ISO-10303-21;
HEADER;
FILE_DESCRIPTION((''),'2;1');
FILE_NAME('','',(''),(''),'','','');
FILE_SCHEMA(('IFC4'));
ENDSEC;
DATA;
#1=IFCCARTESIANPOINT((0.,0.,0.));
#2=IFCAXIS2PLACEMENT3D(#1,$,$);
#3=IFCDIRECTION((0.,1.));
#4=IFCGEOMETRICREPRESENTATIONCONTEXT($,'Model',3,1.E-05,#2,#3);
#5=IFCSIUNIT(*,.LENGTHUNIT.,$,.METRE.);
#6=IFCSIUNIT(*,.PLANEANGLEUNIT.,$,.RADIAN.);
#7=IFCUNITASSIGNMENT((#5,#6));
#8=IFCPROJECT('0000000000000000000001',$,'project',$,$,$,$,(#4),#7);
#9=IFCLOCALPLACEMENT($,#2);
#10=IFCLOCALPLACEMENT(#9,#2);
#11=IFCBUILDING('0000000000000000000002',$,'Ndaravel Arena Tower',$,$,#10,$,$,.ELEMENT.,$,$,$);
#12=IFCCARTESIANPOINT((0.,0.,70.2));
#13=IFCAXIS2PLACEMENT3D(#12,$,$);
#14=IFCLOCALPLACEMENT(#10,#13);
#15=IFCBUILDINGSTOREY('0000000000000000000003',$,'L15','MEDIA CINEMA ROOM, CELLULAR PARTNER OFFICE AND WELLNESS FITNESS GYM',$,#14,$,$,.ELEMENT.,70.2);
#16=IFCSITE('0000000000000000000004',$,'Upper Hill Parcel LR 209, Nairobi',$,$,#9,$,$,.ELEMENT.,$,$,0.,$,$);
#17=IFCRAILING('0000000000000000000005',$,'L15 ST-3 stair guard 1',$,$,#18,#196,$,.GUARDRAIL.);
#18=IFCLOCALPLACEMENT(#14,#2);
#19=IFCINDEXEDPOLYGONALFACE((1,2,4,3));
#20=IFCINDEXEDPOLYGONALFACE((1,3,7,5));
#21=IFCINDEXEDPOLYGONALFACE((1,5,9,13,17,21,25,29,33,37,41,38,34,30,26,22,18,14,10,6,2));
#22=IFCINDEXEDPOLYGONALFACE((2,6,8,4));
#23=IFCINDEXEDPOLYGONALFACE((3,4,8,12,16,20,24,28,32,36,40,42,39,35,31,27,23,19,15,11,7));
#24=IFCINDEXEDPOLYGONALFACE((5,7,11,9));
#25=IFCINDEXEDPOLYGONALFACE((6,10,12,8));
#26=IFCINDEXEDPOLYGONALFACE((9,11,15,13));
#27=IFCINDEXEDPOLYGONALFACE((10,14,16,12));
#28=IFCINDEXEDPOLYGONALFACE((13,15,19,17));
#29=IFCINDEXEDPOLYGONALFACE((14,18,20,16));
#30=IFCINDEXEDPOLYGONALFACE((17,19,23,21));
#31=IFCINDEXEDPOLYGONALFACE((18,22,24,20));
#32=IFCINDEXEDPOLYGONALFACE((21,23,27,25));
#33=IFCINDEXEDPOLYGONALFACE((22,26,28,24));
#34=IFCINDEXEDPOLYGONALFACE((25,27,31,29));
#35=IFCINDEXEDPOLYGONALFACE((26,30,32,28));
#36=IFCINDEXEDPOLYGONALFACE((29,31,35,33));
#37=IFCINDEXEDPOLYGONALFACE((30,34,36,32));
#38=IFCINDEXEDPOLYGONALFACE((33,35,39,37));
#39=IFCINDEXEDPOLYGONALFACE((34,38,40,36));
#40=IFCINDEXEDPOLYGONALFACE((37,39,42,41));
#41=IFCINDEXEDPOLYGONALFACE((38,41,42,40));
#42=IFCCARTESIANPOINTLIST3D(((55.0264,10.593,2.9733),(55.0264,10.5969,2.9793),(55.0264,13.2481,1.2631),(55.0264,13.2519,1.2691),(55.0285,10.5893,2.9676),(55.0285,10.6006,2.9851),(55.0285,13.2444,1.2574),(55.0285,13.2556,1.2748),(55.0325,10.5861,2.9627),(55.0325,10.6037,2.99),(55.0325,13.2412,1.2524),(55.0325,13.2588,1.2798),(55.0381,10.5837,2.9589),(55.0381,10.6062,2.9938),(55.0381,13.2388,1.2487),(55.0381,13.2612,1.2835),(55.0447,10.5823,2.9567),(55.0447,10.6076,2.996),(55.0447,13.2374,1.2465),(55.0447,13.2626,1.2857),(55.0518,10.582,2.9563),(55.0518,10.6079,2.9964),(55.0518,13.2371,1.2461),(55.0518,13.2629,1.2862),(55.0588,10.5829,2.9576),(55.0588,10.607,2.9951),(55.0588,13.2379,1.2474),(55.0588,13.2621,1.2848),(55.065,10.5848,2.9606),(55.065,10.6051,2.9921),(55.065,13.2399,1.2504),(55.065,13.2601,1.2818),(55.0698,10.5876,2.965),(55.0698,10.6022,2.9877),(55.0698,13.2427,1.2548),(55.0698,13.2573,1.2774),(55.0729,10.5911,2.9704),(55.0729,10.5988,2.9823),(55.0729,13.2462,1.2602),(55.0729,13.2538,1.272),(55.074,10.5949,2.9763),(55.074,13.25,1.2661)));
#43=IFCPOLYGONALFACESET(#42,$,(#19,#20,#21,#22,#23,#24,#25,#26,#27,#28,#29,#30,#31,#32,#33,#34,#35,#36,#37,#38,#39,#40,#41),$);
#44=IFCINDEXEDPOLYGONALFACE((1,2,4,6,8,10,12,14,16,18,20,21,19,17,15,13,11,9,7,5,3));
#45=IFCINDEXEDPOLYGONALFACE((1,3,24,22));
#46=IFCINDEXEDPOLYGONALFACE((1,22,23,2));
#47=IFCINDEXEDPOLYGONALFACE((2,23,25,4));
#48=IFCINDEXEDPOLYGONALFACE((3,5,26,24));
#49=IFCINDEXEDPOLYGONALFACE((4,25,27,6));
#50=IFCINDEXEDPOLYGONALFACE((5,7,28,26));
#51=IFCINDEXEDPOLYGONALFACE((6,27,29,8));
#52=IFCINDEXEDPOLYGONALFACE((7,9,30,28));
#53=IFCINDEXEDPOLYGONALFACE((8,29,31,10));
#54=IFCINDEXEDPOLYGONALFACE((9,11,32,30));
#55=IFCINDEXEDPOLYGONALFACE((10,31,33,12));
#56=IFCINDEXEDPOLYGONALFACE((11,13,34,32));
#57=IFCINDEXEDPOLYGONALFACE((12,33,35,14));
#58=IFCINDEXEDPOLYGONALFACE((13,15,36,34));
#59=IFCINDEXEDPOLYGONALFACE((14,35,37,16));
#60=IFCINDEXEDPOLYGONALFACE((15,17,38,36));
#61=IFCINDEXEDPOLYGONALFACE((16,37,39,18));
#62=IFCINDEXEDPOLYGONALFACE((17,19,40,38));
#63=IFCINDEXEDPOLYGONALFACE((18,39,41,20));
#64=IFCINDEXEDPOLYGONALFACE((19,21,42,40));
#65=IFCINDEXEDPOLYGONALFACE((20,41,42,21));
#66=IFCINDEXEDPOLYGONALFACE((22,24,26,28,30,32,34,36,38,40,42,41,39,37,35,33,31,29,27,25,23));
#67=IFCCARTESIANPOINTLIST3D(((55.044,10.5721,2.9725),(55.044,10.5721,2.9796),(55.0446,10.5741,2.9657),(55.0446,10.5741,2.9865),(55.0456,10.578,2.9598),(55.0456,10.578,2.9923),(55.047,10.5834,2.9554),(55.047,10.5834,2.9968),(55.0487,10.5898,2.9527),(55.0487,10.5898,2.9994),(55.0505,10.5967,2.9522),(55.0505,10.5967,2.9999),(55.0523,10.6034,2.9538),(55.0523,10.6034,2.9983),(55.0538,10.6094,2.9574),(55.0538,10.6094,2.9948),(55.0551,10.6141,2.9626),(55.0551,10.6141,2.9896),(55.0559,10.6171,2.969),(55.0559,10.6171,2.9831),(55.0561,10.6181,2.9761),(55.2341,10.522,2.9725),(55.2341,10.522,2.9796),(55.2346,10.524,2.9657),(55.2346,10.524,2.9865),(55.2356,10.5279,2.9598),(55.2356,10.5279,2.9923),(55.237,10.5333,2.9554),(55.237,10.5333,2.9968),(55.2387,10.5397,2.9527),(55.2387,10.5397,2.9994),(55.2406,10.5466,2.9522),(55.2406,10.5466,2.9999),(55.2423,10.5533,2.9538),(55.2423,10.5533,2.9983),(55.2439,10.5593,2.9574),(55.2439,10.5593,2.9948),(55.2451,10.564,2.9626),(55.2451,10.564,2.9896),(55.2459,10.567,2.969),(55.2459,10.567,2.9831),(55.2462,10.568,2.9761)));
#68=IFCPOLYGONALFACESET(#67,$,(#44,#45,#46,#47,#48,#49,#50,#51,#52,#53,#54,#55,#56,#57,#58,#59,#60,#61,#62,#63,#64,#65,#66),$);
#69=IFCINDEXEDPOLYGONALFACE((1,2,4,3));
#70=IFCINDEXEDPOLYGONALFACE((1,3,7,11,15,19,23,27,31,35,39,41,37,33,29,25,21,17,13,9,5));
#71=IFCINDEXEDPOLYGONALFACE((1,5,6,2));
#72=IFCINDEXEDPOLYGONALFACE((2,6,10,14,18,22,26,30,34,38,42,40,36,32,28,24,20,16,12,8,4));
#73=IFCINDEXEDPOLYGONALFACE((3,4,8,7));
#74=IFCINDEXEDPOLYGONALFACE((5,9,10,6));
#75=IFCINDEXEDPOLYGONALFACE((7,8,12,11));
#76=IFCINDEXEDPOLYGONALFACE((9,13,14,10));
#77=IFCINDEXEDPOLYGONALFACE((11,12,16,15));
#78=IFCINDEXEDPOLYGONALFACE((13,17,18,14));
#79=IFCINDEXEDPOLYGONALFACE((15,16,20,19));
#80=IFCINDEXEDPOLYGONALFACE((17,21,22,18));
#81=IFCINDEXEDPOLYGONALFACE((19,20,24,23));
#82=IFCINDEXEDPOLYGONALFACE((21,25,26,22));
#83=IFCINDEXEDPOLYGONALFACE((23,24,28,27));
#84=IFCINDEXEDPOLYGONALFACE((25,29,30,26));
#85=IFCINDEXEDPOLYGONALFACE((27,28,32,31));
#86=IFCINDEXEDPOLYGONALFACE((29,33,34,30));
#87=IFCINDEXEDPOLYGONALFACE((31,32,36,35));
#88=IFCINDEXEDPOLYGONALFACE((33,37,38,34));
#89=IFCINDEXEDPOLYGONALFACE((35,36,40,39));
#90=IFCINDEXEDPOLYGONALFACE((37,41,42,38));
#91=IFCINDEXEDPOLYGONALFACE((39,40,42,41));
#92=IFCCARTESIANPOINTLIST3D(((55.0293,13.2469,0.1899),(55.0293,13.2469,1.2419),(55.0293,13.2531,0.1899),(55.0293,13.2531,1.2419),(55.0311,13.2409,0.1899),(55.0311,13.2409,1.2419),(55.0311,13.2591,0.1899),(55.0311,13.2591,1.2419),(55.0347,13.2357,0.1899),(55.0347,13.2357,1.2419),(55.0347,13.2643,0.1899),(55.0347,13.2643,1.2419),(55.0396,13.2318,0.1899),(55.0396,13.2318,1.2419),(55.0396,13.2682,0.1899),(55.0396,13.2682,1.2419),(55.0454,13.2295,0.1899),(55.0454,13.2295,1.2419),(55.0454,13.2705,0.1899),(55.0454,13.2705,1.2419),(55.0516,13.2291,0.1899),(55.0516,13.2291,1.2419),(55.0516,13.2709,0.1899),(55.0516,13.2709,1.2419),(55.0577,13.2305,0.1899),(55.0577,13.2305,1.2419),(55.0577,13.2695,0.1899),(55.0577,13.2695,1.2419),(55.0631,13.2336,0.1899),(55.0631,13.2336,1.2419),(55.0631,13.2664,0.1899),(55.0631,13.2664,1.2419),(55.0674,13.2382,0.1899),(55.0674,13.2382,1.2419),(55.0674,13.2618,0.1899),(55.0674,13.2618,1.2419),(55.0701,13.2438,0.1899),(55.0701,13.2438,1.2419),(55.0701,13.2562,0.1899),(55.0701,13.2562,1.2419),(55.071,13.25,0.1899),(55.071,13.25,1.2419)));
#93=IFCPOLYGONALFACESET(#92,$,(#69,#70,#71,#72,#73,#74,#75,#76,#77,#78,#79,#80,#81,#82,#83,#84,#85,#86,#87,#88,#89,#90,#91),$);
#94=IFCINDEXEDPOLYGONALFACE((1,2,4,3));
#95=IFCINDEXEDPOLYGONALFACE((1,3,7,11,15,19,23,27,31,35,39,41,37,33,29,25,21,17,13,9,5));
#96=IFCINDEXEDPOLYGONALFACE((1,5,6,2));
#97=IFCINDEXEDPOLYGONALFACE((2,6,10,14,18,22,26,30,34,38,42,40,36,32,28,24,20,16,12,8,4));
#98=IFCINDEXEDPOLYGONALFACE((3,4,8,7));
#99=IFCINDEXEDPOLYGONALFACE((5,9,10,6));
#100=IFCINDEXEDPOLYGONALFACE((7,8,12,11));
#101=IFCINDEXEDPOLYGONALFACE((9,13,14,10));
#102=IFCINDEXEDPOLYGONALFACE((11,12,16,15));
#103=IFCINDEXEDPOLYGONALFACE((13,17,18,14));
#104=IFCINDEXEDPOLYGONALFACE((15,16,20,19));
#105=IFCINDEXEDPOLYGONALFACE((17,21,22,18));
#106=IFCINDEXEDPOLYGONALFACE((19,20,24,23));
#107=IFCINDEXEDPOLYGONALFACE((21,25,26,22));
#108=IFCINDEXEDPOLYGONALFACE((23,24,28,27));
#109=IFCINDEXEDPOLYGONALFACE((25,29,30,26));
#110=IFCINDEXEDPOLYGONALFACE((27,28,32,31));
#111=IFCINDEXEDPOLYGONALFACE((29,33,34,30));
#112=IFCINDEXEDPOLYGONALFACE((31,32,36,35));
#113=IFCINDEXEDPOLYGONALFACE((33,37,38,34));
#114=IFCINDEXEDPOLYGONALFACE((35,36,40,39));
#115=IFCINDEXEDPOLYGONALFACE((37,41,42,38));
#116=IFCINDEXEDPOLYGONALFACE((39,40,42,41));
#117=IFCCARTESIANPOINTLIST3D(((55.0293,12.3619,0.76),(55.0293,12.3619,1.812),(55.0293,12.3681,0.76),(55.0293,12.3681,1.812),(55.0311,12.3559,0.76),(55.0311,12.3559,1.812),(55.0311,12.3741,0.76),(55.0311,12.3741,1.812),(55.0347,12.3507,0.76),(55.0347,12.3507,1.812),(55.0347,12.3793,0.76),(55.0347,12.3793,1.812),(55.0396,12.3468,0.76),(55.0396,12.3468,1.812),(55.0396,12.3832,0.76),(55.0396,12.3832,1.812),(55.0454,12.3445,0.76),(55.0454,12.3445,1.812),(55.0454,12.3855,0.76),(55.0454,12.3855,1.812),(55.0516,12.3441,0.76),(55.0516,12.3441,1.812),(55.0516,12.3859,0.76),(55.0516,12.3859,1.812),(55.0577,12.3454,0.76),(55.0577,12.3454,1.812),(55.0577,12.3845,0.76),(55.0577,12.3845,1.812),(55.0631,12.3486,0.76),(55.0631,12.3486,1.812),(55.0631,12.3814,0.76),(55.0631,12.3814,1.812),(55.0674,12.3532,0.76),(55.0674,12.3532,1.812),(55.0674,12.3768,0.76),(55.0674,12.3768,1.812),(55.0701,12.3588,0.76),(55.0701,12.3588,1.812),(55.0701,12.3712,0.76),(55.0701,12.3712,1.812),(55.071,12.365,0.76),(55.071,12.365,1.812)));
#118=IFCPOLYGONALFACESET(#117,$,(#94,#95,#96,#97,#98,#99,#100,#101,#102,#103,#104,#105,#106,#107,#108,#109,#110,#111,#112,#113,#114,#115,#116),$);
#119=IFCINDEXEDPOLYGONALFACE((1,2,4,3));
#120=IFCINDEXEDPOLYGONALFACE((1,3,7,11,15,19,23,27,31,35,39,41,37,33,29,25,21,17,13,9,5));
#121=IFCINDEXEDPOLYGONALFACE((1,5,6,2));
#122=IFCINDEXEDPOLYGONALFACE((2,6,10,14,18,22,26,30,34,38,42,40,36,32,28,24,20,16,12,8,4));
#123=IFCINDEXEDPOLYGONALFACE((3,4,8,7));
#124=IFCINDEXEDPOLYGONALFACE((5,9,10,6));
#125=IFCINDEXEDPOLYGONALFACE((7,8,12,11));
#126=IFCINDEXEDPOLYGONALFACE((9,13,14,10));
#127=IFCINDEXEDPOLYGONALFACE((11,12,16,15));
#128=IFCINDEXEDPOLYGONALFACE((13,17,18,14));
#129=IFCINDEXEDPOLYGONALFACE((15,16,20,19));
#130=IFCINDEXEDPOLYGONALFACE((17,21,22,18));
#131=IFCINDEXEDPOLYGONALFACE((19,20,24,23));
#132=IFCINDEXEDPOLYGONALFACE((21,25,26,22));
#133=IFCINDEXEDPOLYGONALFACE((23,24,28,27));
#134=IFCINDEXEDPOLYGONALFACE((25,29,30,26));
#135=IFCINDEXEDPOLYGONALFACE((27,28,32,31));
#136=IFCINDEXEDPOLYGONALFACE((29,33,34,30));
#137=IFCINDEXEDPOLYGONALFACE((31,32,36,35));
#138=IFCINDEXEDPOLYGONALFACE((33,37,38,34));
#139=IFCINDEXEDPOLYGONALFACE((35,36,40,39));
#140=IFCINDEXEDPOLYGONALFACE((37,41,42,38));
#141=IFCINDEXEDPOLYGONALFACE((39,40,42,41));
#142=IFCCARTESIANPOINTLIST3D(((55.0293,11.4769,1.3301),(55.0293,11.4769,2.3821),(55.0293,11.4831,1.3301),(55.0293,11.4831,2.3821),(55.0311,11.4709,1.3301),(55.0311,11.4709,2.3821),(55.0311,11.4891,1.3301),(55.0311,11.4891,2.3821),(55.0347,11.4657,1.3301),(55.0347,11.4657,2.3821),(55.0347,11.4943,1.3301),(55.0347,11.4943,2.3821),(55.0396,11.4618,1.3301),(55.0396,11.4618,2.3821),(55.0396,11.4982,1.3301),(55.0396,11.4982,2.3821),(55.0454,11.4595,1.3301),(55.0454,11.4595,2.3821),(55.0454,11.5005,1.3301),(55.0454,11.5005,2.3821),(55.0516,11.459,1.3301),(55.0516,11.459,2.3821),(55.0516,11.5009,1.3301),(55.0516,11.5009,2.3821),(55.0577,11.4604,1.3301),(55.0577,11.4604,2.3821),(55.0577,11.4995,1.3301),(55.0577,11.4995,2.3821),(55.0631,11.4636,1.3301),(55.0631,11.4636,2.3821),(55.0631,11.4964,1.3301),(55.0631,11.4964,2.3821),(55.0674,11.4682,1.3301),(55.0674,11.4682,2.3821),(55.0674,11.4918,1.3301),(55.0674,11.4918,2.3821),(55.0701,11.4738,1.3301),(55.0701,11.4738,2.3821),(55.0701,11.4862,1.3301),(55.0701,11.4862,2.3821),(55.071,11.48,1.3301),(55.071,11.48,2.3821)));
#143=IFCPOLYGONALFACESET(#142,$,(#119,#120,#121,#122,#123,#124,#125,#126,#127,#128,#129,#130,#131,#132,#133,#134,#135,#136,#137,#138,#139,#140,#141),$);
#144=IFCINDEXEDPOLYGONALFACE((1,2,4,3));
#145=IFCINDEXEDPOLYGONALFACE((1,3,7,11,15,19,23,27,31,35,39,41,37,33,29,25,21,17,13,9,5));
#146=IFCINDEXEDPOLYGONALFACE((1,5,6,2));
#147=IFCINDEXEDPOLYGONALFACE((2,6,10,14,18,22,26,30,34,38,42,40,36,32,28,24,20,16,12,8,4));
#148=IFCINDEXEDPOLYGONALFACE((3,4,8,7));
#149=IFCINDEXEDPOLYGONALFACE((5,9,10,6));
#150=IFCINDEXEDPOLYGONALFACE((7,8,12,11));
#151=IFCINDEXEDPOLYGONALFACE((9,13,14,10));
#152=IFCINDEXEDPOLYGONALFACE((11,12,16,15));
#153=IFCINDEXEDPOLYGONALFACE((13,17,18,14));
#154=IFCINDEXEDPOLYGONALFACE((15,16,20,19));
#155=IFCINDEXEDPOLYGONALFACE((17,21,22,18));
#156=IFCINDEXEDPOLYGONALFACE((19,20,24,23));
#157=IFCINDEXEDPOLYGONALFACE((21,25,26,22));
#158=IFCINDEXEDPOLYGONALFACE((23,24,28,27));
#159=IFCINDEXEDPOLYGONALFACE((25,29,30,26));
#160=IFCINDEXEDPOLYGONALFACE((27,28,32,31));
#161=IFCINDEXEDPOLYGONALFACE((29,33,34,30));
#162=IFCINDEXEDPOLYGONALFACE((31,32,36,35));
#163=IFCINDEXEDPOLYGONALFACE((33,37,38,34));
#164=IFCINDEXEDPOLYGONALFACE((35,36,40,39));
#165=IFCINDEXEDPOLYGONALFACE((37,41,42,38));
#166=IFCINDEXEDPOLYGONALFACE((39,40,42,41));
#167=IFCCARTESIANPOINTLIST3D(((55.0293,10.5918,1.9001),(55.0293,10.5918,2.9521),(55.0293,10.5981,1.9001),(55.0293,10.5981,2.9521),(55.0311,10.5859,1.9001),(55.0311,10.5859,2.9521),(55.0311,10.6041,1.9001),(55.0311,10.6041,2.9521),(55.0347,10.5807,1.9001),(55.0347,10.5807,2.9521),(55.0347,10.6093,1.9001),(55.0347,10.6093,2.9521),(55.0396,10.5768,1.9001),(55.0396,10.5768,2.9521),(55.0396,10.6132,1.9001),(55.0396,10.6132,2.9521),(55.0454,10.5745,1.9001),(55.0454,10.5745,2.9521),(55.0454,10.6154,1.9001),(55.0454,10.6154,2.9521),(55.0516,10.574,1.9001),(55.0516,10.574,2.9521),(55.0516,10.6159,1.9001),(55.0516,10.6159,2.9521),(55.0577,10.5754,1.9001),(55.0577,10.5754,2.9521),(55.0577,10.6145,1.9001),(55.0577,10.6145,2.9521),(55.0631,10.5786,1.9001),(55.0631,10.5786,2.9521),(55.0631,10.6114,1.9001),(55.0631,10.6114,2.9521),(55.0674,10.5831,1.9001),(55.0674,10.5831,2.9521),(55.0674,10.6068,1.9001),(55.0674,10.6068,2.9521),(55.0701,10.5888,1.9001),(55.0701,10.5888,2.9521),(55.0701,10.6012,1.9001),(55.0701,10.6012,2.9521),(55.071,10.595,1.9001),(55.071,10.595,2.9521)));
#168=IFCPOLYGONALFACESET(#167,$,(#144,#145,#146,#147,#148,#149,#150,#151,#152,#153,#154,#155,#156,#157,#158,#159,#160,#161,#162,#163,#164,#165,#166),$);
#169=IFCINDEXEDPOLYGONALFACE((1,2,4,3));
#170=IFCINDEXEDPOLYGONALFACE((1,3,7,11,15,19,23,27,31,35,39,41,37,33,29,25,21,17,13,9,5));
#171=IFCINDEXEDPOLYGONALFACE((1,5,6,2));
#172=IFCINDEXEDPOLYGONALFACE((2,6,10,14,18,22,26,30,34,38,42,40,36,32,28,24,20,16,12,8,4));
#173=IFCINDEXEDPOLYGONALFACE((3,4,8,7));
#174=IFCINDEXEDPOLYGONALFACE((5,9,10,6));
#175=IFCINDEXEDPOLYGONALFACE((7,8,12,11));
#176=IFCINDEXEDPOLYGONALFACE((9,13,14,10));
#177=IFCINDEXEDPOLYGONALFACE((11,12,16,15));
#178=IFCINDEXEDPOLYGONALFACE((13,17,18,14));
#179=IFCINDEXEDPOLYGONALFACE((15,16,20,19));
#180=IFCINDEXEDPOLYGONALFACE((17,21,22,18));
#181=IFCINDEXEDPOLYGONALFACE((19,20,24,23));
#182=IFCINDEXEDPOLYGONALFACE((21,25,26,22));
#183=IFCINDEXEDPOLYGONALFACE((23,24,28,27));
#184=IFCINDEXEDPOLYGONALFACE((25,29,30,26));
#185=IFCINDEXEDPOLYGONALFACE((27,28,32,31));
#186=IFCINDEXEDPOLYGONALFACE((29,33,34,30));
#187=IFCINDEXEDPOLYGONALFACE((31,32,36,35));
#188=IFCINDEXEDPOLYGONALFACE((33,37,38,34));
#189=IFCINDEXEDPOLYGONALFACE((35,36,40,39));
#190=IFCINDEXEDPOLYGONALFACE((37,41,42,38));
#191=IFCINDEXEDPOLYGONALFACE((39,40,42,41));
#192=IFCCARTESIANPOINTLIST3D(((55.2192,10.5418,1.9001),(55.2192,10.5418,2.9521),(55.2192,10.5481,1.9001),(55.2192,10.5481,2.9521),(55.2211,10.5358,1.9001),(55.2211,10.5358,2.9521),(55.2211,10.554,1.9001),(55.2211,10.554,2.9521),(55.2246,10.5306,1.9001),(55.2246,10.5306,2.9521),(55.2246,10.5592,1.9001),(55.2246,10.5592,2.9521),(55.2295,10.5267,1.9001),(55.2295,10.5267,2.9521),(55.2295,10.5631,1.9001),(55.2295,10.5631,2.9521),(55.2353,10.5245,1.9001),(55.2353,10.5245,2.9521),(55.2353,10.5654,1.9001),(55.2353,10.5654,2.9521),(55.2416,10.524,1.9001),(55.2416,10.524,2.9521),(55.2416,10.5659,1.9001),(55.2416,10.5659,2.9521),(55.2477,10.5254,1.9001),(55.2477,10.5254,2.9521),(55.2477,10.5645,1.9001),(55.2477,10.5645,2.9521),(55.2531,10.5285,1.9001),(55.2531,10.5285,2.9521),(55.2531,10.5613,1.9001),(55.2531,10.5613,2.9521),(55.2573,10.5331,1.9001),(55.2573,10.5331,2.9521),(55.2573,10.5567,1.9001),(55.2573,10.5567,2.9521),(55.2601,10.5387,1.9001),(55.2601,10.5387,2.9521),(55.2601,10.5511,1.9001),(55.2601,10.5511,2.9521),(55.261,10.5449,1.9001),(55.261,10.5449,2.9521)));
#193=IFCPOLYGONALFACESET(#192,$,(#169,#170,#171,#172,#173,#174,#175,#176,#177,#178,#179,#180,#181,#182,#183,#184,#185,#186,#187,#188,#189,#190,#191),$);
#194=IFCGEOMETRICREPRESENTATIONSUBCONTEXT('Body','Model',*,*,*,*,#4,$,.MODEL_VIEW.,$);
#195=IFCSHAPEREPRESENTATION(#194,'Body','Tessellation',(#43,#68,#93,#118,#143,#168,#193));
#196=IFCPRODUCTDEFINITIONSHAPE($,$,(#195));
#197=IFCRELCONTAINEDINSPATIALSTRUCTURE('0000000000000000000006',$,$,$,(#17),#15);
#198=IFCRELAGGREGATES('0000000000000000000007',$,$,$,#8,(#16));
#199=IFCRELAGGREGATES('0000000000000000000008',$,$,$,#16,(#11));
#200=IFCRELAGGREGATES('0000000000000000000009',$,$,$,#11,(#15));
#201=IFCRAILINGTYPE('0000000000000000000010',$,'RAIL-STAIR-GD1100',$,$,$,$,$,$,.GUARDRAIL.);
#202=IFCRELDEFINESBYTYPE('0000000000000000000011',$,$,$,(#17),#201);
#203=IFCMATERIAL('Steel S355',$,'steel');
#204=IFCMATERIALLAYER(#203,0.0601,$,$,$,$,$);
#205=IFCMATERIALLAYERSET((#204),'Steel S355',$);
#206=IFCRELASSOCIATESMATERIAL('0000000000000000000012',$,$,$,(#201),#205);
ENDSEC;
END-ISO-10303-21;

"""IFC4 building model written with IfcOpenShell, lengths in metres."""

from ifc_helpers import new_model, si_unit, direction, frame, origin, origin_2d, place, context, subcontext, project, spatial, circle, extrude, material, layer, layer_set, type_object, element, save


model = new_model("IFC4")

# Units and contexts
model_context = context("Model", 3, precision=1e-05, world=origin(), true_north=direction((0.0, 1.0)))
body_context = subcontext(model_context, "Body", "Model", "MODEL_VIEW")
ifc_project = project(units=[si_unit("LENGTHUNIT", "METRE"), si_unit("PLANEANGLEUNIT", "RADIAN")], contexts=[model_context])

# Site, building, storey
site_placement = place(None, origin())
site = spatial("IfcSite", under=ifc_project, at=site_placement, Name="Upper Hill Parcel LR 209, Nairobi", CompositionType="ELEMENT", RefElevation=0.0)
building_placement = place(site_placement, origin())
building = spatial("IfcBuilding", under=site, at=building_placement, Name="Ndaravel Arena Tower", CompositionType="ELEMENT")
storey_placement = place(building_placement, frame((0.0, 0.0, 70.2)))
storey = spatial("IfcBuildingStorey", under=building, at=storey_placement, Name="L15", Description="MEDIA CINEMA ROOM, CELLULAR PARTNER OFFICE AND WELLNESS FITNESS GYM", CompositionType="ELEMENT", Elevation=70.2)

# Railing
ifc_material_1 = material(Name="Steel S355", Category="steel")
ifc_layer_1 = layer(ifc_material_1, 0.0601)
ifc_layer_set_1 = layer_set([ifc_layer_1], Name="Steel S355")
railing_type_1 = type_object("IfcRailingType", Name="RAIL-STAIR-GD1100", PredefinedType="GUARDRAIL", material=ifc_layer_set_1)
railing_1_placement = place(storey_placement, frame((55.05, 13.25, 0.1899)))
element("IfcRailing", 1, at=railing_1_placement, inside=storey, type_object=railing_type_1, Name="L15 ST-3 stair guard 1", PredefinedType="GUARDRAIL", context=body_context, shape_type="SweptSolid", body=[
    extrude(circle(Radius=0.0239, at=origin_2d()), frame((0.0, 0.0, 1.0762), z_axis=(0.0, -0.840688, 0.541519), x_axis=(1.0, 0.0, 0.0)), (0.0, 0.0, 1.0), 3.1582),
    extrude(circle(Radius=0.0239, at=origin_2d()), frame((0.0, -2.655, 2.7861), z_axis=(0.966994, -0.254799, 0.0), x_axis=(0.254799, 0.966994, 0.0)), (0.0, 0.0, 1.0), 0.1965),
    extrude(circle(Radius=0.021, at=origin_2d()), origin(), (0.0, 0.0, 1.0), 1.052),
    extrude(circle(Radius=0.021, at=origin_2d()), frame((0.0, -0.885, 0.5701)), (0.0, 0.0, 1.0), 1.052),
    extrude(circle(Radius=0.021, at=origin_2d()), frame((0.0, -1.77, 1.1401)), (0.0, 0.0, 1.0), 1.052),
    extrude(circle(Radius=0.021, at=origin_2d()), frame((0.0, -2.655, 1.7102)), (0.0, 0.0, 1.0), 1.052),
    extrude(circle(Radius=0.021, at=origin_2d()), frame((0.1899, -2.7051, 1.7102)), (0.0, 0.0, 1.0), 1.052),
])

save(model, "model.ifc")
